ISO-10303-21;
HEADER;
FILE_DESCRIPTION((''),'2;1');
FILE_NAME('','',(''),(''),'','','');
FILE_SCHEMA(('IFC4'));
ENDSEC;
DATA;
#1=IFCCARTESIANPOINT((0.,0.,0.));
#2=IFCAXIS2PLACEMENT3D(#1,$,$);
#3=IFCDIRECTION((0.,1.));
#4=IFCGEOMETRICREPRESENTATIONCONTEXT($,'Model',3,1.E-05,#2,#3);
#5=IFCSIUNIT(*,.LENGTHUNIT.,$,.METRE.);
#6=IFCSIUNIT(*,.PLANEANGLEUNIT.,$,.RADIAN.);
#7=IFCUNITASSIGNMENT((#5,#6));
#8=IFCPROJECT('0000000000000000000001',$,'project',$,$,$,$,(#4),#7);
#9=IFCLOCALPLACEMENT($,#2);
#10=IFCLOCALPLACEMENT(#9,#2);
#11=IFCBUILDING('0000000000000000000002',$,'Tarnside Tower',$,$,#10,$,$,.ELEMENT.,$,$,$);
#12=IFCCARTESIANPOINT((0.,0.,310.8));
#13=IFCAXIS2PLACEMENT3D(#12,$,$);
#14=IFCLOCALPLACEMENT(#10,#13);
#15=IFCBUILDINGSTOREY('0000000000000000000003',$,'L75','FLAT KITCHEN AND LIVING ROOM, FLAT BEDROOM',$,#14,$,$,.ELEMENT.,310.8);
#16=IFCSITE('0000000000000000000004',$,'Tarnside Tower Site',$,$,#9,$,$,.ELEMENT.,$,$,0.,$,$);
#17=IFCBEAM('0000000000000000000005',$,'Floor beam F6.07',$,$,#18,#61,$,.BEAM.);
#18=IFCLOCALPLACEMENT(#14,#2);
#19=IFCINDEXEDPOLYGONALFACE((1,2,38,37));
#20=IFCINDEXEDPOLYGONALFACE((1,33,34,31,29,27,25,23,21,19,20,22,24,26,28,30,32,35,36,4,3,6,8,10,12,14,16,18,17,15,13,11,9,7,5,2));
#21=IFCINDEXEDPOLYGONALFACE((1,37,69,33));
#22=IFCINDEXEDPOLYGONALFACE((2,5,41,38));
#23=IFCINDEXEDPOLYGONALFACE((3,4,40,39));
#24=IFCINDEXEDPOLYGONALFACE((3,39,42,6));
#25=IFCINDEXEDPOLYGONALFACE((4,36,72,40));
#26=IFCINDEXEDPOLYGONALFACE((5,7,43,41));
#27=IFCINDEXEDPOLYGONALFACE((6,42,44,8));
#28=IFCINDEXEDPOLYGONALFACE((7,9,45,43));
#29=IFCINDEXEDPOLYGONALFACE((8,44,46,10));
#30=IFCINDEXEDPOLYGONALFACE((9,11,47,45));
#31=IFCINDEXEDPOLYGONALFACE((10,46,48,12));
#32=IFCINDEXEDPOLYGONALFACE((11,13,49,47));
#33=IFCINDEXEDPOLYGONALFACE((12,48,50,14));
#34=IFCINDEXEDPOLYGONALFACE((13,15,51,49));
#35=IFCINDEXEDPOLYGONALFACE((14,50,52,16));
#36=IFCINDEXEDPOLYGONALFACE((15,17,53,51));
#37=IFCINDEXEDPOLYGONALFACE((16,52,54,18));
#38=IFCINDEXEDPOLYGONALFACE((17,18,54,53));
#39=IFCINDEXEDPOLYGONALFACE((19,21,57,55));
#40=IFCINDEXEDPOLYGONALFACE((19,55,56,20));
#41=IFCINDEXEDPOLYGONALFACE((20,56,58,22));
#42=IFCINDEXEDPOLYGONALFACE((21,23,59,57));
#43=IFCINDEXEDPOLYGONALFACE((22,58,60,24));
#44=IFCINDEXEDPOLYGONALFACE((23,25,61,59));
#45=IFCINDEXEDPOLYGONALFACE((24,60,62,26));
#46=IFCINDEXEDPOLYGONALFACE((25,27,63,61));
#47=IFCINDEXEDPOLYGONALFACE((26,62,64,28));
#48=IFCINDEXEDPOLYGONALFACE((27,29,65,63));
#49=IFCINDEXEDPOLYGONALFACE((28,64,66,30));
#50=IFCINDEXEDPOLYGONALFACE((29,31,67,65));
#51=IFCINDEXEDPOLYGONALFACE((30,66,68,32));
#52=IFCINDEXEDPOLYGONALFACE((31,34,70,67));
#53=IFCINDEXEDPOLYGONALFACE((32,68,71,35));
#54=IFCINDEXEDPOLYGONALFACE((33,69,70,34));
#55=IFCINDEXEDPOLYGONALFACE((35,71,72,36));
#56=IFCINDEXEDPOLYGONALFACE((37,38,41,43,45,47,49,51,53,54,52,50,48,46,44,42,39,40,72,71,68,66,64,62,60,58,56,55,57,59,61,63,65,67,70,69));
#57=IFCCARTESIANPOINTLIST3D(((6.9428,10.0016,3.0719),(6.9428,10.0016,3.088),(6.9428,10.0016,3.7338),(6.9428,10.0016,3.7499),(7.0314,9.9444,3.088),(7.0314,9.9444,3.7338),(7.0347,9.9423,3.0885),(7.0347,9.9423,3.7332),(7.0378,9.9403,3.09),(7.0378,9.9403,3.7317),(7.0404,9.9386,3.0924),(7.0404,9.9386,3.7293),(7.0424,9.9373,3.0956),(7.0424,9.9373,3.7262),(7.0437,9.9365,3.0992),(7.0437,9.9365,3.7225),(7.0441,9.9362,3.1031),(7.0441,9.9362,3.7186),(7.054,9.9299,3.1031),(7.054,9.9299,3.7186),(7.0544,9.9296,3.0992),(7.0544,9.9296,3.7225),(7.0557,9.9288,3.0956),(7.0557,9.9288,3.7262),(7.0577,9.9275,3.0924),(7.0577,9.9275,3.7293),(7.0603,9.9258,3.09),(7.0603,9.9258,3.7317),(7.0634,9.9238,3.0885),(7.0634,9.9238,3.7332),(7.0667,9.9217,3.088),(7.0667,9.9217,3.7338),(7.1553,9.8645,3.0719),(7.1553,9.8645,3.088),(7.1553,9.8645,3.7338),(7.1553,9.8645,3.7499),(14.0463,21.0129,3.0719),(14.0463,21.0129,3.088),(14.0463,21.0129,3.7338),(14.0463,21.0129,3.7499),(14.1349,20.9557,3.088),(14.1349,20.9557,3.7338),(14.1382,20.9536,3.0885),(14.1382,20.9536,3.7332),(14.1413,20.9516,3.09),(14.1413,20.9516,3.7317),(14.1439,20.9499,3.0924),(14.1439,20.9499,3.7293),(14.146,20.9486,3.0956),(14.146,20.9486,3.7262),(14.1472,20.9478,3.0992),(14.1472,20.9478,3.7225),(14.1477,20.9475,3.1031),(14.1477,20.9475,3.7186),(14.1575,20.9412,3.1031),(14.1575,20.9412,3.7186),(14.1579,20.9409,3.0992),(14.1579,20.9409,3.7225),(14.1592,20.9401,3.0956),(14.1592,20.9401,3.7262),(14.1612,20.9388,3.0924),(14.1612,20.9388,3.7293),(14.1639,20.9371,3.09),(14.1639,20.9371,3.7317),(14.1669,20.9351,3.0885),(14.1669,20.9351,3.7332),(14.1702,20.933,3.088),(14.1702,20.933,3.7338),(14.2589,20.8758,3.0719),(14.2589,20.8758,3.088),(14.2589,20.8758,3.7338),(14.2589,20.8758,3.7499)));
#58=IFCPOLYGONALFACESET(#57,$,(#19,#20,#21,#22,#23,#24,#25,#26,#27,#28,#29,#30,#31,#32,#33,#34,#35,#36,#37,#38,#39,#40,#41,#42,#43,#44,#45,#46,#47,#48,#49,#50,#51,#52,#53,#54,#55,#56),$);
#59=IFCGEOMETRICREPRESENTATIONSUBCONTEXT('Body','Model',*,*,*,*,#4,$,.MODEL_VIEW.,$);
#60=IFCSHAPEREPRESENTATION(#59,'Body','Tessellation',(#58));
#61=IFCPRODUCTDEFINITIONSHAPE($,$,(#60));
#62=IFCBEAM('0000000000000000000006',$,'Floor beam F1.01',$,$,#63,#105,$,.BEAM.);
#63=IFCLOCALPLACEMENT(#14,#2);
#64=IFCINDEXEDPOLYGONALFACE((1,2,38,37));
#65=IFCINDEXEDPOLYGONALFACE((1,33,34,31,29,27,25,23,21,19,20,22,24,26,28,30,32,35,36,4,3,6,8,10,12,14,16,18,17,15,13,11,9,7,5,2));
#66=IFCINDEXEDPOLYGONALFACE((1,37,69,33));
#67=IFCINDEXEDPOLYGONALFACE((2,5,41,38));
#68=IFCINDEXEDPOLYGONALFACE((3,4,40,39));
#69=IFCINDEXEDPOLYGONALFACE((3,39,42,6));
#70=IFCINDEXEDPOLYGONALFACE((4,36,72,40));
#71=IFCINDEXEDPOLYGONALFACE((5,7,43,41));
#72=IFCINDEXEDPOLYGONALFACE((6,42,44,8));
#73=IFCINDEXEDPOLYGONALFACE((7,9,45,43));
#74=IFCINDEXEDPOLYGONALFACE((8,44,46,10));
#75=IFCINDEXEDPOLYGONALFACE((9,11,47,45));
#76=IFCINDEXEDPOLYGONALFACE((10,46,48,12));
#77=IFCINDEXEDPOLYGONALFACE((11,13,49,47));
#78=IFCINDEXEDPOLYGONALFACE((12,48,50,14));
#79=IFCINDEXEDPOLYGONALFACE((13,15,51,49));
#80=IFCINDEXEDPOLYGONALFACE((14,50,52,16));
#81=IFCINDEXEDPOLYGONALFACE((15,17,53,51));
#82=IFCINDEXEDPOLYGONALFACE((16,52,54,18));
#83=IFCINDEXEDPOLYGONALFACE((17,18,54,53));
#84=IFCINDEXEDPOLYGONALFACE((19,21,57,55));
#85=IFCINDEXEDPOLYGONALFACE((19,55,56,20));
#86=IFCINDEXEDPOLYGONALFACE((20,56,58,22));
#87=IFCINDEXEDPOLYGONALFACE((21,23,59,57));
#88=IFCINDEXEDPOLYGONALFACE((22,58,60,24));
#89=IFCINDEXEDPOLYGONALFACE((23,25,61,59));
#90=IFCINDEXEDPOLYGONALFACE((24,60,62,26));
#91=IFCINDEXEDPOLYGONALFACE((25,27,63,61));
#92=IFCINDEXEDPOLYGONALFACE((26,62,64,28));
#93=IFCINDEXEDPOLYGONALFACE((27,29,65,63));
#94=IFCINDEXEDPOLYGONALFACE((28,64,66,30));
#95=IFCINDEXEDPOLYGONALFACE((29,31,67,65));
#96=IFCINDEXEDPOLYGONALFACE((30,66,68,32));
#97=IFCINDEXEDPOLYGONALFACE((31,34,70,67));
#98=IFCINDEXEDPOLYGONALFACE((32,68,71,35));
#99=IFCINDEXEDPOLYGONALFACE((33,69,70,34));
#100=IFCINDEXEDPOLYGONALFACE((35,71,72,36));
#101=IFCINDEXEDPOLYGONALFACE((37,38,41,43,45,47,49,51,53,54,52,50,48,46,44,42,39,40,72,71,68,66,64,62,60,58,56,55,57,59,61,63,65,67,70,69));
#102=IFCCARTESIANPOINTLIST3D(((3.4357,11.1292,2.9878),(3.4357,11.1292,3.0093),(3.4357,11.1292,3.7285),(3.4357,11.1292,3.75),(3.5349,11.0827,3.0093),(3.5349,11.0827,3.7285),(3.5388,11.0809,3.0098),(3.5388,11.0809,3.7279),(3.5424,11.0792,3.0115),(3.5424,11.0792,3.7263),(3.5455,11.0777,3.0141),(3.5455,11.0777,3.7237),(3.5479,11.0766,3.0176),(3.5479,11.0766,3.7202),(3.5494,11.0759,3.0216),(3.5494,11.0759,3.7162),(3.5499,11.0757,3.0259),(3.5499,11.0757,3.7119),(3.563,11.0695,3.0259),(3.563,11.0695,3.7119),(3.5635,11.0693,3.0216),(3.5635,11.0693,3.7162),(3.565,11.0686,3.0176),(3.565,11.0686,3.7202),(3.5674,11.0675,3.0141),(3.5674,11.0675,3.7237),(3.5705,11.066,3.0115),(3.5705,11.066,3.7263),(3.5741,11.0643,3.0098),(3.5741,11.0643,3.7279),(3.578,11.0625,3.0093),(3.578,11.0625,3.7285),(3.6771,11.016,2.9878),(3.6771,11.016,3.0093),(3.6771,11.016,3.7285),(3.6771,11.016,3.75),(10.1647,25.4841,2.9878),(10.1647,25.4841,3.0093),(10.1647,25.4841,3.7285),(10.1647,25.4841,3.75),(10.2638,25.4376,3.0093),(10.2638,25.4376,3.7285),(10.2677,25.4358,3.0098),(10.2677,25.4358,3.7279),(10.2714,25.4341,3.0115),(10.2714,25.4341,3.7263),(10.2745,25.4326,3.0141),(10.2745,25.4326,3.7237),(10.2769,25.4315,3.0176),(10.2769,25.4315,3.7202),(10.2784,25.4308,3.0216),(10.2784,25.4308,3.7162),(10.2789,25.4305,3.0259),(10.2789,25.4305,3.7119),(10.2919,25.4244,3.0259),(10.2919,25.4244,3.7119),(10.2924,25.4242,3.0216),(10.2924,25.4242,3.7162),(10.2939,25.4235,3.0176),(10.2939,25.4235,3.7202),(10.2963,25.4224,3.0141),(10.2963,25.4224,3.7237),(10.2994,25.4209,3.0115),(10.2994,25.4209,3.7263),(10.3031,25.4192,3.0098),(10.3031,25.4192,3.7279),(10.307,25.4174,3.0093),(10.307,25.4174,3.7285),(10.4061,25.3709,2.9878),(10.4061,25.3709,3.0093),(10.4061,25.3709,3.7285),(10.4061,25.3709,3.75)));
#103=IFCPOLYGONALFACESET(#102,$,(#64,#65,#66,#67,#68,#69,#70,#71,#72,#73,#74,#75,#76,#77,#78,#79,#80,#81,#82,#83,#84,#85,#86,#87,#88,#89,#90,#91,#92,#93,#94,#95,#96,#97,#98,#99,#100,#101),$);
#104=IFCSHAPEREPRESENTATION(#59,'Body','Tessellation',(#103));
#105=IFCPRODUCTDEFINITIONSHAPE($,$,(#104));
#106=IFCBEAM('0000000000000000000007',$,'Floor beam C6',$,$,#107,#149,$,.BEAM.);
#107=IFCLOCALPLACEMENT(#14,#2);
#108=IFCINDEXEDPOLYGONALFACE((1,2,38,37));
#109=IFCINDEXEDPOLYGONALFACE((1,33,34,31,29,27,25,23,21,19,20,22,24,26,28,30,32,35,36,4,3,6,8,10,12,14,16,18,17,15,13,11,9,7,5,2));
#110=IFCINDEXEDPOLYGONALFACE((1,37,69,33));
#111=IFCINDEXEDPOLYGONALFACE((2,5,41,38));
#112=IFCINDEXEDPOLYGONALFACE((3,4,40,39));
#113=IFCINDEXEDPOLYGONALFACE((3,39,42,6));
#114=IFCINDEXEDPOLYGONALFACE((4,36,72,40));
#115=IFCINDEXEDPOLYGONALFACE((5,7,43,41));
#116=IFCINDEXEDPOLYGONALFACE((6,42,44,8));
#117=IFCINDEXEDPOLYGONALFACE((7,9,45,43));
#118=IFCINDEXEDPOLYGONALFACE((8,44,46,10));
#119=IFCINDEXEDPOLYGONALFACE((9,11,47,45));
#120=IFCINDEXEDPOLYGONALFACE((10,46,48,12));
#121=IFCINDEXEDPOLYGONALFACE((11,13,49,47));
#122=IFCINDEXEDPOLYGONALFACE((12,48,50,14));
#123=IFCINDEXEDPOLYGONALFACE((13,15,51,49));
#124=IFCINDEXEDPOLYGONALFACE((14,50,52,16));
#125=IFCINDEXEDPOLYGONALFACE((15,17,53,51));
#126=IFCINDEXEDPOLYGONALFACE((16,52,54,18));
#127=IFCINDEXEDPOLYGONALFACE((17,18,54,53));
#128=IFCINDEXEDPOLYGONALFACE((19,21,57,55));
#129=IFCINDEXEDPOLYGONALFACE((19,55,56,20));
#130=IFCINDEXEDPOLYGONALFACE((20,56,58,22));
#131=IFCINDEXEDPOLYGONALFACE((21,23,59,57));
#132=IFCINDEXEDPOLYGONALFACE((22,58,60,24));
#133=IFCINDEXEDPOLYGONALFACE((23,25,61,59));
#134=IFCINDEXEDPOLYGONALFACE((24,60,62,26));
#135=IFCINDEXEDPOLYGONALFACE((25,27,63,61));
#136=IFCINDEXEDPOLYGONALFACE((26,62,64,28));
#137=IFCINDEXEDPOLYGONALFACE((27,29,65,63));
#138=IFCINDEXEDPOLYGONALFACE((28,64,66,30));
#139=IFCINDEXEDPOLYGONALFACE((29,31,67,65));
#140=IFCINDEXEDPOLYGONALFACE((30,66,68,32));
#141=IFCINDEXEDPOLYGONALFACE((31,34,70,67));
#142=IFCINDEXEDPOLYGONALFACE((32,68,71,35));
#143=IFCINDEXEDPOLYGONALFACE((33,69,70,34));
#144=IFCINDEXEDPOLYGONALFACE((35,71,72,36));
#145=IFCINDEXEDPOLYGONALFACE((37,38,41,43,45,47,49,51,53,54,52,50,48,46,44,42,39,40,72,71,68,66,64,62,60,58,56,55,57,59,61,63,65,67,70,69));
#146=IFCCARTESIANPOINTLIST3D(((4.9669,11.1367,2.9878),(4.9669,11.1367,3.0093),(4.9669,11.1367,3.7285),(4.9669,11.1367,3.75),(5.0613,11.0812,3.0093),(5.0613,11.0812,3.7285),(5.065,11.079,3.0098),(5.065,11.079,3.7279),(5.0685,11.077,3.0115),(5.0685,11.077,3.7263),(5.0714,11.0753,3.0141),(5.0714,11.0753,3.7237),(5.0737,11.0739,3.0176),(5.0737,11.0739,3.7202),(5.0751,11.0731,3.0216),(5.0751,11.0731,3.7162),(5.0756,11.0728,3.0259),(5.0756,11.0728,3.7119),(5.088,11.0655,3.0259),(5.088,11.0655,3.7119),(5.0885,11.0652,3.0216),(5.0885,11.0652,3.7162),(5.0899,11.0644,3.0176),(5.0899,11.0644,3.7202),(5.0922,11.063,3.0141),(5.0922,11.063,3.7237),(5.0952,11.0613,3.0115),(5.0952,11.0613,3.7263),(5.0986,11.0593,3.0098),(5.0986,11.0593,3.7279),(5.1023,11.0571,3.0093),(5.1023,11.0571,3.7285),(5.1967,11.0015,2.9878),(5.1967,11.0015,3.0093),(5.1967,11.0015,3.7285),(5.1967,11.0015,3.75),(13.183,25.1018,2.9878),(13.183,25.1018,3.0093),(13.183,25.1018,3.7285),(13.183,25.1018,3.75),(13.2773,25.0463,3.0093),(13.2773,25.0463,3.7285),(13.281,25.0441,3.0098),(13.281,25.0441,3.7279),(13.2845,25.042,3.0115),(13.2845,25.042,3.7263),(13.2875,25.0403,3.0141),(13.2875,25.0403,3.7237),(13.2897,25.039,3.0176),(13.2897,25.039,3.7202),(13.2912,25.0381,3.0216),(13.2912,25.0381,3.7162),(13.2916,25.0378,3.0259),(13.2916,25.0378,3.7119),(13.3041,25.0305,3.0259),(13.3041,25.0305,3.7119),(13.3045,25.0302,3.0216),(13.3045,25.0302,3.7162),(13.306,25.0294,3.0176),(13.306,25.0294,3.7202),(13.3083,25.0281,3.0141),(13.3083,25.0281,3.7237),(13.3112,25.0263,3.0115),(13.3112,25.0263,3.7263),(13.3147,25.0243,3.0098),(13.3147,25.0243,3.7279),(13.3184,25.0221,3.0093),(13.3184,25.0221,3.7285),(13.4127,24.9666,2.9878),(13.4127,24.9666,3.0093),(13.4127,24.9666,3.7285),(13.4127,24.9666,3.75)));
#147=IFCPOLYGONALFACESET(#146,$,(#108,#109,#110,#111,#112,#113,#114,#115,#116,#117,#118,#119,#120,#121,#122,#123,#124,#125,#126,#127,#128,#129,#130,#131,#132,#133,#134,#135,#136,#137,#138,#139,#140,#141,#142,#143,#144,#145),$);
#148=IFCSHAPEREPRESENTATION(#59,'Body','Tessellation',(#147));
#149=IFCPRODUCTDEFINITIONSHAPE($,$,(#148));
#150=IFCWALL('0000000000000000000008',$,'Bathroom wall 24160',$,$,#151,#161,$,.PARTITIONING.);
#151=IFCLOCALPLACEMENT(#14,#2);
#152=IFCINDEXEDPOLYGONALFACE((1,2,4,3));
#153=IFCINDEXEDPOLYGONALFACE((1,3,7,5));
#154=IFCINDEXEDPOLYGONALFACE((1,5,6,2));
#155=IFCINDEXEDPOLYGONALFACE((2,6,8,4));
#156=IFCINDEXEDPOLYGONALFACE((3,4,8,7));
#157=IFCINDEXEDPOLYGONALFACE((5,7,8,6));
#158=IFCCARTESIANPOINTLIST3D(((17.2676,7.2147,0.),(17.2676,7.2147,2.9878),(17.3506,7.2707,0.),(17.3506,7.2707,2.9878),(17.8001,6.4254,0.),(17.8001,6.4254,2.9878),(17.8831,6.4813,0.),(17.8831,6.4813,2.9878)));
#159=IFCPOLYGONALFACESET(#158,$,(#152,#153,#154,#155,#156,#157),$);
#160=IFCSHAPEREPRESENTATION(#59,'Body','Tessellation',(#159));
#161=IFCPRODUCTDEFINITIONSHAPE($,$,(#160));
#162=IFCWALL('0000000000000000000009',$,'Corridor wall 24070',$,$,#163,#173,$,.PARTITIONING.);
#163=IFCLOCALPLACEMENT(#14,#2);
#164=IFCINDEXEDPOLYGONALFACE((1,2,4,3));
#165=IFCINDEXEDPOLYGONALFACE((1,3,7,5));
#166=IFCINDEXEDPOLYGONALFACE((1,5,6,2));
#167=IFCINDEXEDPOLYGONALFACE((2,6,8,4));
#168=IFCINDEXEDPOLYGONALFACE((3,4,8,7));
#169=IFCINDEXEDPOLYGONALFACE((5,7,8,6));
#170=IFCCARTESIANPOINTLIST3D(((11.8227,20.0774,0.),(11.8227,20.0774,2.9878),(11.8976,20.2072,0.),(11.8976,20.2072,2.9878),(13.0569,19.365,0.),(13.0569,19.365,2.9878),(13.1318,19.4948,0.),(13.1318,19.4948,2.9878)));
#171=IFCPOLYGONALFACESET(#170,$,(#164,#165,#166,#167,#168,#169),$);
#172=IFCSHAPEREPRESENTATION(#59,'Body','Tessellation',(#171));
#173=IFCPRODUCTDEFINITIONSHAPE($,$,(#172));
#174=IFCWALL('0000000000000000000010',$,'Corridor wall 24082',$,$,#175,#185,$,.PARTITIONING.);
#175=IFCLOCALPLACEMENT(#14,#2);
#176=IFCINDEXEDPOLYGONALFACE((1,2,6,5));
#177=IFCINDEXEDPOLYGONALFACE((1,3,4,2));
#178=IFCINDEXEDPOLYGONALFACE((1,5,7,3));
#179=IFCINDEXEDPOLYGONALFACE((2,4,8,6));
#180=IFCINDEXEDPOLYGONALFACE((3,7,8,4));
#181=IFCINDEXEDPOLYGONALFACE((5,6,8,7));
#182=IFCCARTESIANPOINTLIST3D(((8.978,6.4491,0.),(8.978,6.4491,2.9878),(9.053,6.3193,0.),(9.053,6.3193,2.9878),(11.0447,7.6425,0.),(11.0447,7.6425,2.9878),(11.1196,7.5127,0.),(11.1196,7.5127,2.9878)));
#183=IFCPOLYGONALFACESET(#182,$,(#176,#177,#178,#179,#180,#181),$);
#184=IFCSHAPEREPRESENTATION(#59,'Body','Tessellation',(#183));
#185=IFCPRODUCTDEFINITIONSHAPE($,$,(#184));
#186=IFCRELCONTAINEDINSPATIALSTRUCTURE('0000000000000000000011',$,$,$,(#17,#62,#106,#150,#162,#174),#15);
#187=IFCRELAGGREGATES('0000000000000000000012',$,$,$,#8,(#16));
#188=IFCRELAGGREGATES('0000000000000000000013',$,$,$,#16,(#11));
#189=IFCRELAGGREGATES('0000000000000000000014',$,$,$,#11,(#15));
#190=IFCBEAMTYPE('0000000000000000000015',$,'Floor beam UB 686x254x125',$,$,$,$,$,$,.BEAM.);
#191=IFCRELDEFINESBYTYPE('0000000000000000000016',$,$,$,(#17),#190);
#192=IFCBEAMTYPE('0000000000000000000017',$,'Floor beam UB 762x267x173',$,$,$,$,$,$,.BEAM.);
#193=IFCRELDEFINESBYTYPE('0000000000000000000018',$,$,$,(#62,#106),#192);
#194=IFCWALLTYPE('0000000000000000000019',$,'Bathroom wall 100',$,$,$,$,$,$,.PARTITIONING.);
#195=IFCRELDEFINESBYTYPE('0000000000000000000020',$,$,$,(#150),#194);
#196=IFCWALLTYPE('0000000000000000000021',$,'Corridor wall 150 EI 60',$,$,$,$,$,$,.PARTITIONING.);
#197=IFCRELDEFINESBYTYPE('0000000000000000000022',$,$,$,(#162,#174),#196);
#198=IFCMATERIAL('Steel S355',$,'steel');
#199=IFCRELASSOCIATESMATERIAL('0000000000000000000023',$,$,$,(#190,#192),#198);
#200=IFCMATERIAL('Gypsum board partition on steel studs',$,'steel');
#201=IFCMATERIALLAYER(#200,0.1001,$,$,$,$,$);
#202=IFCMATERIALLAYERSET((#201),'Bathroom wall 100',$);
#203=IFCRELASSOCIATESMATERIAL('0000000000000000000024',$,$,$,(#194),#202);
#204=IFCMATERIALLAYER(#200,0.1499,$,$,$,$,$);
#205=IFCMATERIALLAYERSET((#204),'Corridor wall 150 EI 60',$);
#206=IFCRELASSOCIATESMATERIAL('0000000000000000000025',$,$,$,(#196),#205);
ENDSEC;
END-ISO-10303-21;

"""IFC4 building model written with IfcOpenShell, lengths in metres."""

from ifc_helpers import new_model, si_unit, direction, frame, frame_2d, origin, origin_2d, place, context, subcontext, project, spatial, rectangle, i_section, extrude, material, layer, layer_set, material_profile, profile_set, type_object, element, save


model = new_model("IFC4")

# Units and contexts
model_context = context("Model", 3, precision=1e-05, world=origin(), true_north=direction((0.0, 1.0)))
body_context = subcontext(model_context, "Body", "Model", "MODEL_VIEW")
ifc_project = project(units=[si_unit("LENGTHUNIT", "METRE"), si_unit("PLANEANGLEUNIT", "RADIAN")], contexts=[model_context])

# Site, building, storey
site_placement = place(None, origin())
site = spatial("IfcSite", under=ifc_project, at=site_placement, Name="Tarnside Tower Site", CompositionType="ELEMENT", RefElevation=0.0)
building_placement = place(site_placement, origin())
building = spatial("IfcBuilding", under=site, at=building_placement, Name="Tarnside Tower", CompositionType="ELEMENT")
storey_placement = place(building_placement, frame((0.0, 0.0, 310.8)))
storey = spatial("IfcBuildingStorey", under=building, at=storey_placement, Name="L75", Description="FLAT KITCHEN AND LIVING ROOM, FLAT BEDROOM", CompositionType="ELEMENT", Elevation=310.8)

# Beams
ifc_material_1 = material(Name="Steel S355", Category="steel")
ifc_material_profile_1 = material_profile(ifc_material_1, i_section(OverallWidth=0.2529, OverallDepth=0.678, WebThickness=0.0117, FlangeThickness=0.0161, FilletRadius=0.0151, at=origin_2d()), Name="UB 686x254x125")
ifc_profile_set_1 = profile_set([ifc_material_profile_1], Name="Steel S355")
beam_type_1 = type_object("IfcBeamType", Name="Floor beam UB 686x254x125", PredefinedType="BEAM", material=ifc_profile_set_1)
beam_1_placement = place(storey_placement, frame((14.1526, 20.9443, 3.4109), z_axis=(-0.5421, -0.840314, 0.0), x_axis=(0.840314, -0.5421, 0.0)))
element("IfcBeam", 1, at=beam_1_placement, inside=storey, type_object=beam_type_1, Name="Floor beam F6.07", PredefinedType="BEAM", context=body_context, shape_type="SweptSolid", body=[
    extrude(i_section(OverallWidth=0.2529, OverallDepth=0.678, WebThickness=0.0117, FlangeThickness=0.0161, FilletRadius=0.0151, at=origin_2d()), origin(), (0.0, 0.0, 1.0), 13.1038),
])
ifc_material_profile_2 = material_profile(ifc_material_1, i_section(OverallWidth=0.2666, OverallDepth=0.7622, WebThickness=0.0144, FlangeThickness=0.0215, FilletRadius=0.0166, at=origin_2d()), Name="UB 762x267x173")
ifc_profile_set_2 = profile_set([ifc_material_profile_2], Name="Steel S355")
beam_type_2 = type_object("IfcBeamType", Name="Floor beam UB 762x267x173", PredefinedType="BEAM", material=ifc_profile_set_2)
beam_2_placement = place(storey_placement, frame((10.2854, 25.4275, 3.3689), z_axis=(-0.424439, -0.905456, 0.0), x_axis=(0.905456, -0.424439, 0.0)))
element("IfcBeam", 2, at=beam_2_placement, inside=storey, type_object=beam_type_2, Name="Floor beam F1.01", PredefinedType="BEAM", context=body_context, shape_type="SweptSolid", body=[
    extrude(i_section(OverallWidth=0.2666, OverallDepth=0.7622, WebThickness=0.0144, FlangeThickness=0.0215, FilletRadius=0.0166, at=origin_2d()), origin(), (0.0, 0.0, 1.0), 15.8538),
])
beam_3_placement = place(storey_placement, frame((13.2979, 25.0342, 3.3689), z_axis=(-0.50708, -0.861899, 0.0), x_axis=(0.861899, -0.50708, 0.0)))
element("IfcBeam", 3, at=beam_3_placement, inside=storey, type_object=beam_type_2, Name="Floor beam C6", PredefinedType="BEAM", context=body_context, shape_type="SweptSolid", body=[
    extrude(i_section(OverallWidth=0.2666, OverallDepth=0.7622, WebThickness=0.0144, FlangeThickness=0.0215, FilletRadius=0.0166, at=origin_2d()), origin(), (0.0, 0.0, 1.0), 16.2026),
])

# Walls
ifc_material_2 = material(Name="Gypsum board partition on steel studs", Category="steel")
ifc_layer_1 = layer(ifc_material_2, 0.1001)
ifc_layer_set_1 = layer_set([ifc_layer_1], Name="Bathroom wall 100")
wall_type_1 = type_object("IfcWallType", Name="Bathroom wall 100", PredefinedType="PARTITIONING", material=ifc_layer_set_1)
wall_1_placement = place(storey_placement, frame((17.3091, 7.2427, 0.0), z_axis=(0.0, 0.0, 1.0), x_axis=(0.559248, -0.829, 0.0)))
element("IfcWall", 4, at=wall_1_placement, inside=storey, type_object=wall_type_1, Name="Bathroom wall 24160", PredefinedType="PARTITIONING", context=body_context, shape_type="SweptSolid", body=[
    extrude(rectangle(XDim=0.9521, YDim=0.1001, at=frame_2d((0.4761, 0.0))), origin(), (0.0, 0.0, 1.0), 2.9878),
])
ifc_layer_2 = layer(ifc_material_2, 0.1499)
ifc_layer_set_2 = layer_set([ifc_layer_2], Name="Corridor wall 150 EI 60")
wall_type_2 = type_object("IfcWallType", Name="Corridor wall 150 EI 60", PredefinedType="PARTITIONING", material=ifc_layer_set_2)
wall_2_placement = place(storey_placement, frame((13.0942, 19.4299, 0.0), z_axis=(0.0, 0.0, 1.0), x_axis=(-0.866063, 0.499935, 0.0)))
element("IfcWall", 5, at=wall_2_placement, inside=storey, type_object=wall_type_2, Name="Corridor wall 24070", PredefinedType="PARTITIONING", context=body_context, shape_type="SweptSolid", body=[
    extrude(rectangle(XDim=1.425, YDim=0.1499, at=frame_2d((0.7124, 0.0))), origin(), (0.0, 0.0, 1.0), 2.9878),
])
wall_3_placement = place(storey_placement, frame((11.0823, 7.5776, 0.0), z_axis=(0.0, 0.0, 1.0), x_axis=(-0.865993, -0.500056, 0.0)))
element("IfcWall", 6, at=wall_3_placement, inside=storey, type_object=wall_type_2, Name="Corridor wall 24082", PredefinedType="PARTITIONING", context=body_context, shape_type="SweptSolid", body=[
    extrude(rectangle(XDim=2.3865, YDim=0.1499, at=frame_2d((1.1934, 0.0))), origin(), (0.0, 0.0, 1.0), 2.9878),
])

save(model, "model.ifc")
